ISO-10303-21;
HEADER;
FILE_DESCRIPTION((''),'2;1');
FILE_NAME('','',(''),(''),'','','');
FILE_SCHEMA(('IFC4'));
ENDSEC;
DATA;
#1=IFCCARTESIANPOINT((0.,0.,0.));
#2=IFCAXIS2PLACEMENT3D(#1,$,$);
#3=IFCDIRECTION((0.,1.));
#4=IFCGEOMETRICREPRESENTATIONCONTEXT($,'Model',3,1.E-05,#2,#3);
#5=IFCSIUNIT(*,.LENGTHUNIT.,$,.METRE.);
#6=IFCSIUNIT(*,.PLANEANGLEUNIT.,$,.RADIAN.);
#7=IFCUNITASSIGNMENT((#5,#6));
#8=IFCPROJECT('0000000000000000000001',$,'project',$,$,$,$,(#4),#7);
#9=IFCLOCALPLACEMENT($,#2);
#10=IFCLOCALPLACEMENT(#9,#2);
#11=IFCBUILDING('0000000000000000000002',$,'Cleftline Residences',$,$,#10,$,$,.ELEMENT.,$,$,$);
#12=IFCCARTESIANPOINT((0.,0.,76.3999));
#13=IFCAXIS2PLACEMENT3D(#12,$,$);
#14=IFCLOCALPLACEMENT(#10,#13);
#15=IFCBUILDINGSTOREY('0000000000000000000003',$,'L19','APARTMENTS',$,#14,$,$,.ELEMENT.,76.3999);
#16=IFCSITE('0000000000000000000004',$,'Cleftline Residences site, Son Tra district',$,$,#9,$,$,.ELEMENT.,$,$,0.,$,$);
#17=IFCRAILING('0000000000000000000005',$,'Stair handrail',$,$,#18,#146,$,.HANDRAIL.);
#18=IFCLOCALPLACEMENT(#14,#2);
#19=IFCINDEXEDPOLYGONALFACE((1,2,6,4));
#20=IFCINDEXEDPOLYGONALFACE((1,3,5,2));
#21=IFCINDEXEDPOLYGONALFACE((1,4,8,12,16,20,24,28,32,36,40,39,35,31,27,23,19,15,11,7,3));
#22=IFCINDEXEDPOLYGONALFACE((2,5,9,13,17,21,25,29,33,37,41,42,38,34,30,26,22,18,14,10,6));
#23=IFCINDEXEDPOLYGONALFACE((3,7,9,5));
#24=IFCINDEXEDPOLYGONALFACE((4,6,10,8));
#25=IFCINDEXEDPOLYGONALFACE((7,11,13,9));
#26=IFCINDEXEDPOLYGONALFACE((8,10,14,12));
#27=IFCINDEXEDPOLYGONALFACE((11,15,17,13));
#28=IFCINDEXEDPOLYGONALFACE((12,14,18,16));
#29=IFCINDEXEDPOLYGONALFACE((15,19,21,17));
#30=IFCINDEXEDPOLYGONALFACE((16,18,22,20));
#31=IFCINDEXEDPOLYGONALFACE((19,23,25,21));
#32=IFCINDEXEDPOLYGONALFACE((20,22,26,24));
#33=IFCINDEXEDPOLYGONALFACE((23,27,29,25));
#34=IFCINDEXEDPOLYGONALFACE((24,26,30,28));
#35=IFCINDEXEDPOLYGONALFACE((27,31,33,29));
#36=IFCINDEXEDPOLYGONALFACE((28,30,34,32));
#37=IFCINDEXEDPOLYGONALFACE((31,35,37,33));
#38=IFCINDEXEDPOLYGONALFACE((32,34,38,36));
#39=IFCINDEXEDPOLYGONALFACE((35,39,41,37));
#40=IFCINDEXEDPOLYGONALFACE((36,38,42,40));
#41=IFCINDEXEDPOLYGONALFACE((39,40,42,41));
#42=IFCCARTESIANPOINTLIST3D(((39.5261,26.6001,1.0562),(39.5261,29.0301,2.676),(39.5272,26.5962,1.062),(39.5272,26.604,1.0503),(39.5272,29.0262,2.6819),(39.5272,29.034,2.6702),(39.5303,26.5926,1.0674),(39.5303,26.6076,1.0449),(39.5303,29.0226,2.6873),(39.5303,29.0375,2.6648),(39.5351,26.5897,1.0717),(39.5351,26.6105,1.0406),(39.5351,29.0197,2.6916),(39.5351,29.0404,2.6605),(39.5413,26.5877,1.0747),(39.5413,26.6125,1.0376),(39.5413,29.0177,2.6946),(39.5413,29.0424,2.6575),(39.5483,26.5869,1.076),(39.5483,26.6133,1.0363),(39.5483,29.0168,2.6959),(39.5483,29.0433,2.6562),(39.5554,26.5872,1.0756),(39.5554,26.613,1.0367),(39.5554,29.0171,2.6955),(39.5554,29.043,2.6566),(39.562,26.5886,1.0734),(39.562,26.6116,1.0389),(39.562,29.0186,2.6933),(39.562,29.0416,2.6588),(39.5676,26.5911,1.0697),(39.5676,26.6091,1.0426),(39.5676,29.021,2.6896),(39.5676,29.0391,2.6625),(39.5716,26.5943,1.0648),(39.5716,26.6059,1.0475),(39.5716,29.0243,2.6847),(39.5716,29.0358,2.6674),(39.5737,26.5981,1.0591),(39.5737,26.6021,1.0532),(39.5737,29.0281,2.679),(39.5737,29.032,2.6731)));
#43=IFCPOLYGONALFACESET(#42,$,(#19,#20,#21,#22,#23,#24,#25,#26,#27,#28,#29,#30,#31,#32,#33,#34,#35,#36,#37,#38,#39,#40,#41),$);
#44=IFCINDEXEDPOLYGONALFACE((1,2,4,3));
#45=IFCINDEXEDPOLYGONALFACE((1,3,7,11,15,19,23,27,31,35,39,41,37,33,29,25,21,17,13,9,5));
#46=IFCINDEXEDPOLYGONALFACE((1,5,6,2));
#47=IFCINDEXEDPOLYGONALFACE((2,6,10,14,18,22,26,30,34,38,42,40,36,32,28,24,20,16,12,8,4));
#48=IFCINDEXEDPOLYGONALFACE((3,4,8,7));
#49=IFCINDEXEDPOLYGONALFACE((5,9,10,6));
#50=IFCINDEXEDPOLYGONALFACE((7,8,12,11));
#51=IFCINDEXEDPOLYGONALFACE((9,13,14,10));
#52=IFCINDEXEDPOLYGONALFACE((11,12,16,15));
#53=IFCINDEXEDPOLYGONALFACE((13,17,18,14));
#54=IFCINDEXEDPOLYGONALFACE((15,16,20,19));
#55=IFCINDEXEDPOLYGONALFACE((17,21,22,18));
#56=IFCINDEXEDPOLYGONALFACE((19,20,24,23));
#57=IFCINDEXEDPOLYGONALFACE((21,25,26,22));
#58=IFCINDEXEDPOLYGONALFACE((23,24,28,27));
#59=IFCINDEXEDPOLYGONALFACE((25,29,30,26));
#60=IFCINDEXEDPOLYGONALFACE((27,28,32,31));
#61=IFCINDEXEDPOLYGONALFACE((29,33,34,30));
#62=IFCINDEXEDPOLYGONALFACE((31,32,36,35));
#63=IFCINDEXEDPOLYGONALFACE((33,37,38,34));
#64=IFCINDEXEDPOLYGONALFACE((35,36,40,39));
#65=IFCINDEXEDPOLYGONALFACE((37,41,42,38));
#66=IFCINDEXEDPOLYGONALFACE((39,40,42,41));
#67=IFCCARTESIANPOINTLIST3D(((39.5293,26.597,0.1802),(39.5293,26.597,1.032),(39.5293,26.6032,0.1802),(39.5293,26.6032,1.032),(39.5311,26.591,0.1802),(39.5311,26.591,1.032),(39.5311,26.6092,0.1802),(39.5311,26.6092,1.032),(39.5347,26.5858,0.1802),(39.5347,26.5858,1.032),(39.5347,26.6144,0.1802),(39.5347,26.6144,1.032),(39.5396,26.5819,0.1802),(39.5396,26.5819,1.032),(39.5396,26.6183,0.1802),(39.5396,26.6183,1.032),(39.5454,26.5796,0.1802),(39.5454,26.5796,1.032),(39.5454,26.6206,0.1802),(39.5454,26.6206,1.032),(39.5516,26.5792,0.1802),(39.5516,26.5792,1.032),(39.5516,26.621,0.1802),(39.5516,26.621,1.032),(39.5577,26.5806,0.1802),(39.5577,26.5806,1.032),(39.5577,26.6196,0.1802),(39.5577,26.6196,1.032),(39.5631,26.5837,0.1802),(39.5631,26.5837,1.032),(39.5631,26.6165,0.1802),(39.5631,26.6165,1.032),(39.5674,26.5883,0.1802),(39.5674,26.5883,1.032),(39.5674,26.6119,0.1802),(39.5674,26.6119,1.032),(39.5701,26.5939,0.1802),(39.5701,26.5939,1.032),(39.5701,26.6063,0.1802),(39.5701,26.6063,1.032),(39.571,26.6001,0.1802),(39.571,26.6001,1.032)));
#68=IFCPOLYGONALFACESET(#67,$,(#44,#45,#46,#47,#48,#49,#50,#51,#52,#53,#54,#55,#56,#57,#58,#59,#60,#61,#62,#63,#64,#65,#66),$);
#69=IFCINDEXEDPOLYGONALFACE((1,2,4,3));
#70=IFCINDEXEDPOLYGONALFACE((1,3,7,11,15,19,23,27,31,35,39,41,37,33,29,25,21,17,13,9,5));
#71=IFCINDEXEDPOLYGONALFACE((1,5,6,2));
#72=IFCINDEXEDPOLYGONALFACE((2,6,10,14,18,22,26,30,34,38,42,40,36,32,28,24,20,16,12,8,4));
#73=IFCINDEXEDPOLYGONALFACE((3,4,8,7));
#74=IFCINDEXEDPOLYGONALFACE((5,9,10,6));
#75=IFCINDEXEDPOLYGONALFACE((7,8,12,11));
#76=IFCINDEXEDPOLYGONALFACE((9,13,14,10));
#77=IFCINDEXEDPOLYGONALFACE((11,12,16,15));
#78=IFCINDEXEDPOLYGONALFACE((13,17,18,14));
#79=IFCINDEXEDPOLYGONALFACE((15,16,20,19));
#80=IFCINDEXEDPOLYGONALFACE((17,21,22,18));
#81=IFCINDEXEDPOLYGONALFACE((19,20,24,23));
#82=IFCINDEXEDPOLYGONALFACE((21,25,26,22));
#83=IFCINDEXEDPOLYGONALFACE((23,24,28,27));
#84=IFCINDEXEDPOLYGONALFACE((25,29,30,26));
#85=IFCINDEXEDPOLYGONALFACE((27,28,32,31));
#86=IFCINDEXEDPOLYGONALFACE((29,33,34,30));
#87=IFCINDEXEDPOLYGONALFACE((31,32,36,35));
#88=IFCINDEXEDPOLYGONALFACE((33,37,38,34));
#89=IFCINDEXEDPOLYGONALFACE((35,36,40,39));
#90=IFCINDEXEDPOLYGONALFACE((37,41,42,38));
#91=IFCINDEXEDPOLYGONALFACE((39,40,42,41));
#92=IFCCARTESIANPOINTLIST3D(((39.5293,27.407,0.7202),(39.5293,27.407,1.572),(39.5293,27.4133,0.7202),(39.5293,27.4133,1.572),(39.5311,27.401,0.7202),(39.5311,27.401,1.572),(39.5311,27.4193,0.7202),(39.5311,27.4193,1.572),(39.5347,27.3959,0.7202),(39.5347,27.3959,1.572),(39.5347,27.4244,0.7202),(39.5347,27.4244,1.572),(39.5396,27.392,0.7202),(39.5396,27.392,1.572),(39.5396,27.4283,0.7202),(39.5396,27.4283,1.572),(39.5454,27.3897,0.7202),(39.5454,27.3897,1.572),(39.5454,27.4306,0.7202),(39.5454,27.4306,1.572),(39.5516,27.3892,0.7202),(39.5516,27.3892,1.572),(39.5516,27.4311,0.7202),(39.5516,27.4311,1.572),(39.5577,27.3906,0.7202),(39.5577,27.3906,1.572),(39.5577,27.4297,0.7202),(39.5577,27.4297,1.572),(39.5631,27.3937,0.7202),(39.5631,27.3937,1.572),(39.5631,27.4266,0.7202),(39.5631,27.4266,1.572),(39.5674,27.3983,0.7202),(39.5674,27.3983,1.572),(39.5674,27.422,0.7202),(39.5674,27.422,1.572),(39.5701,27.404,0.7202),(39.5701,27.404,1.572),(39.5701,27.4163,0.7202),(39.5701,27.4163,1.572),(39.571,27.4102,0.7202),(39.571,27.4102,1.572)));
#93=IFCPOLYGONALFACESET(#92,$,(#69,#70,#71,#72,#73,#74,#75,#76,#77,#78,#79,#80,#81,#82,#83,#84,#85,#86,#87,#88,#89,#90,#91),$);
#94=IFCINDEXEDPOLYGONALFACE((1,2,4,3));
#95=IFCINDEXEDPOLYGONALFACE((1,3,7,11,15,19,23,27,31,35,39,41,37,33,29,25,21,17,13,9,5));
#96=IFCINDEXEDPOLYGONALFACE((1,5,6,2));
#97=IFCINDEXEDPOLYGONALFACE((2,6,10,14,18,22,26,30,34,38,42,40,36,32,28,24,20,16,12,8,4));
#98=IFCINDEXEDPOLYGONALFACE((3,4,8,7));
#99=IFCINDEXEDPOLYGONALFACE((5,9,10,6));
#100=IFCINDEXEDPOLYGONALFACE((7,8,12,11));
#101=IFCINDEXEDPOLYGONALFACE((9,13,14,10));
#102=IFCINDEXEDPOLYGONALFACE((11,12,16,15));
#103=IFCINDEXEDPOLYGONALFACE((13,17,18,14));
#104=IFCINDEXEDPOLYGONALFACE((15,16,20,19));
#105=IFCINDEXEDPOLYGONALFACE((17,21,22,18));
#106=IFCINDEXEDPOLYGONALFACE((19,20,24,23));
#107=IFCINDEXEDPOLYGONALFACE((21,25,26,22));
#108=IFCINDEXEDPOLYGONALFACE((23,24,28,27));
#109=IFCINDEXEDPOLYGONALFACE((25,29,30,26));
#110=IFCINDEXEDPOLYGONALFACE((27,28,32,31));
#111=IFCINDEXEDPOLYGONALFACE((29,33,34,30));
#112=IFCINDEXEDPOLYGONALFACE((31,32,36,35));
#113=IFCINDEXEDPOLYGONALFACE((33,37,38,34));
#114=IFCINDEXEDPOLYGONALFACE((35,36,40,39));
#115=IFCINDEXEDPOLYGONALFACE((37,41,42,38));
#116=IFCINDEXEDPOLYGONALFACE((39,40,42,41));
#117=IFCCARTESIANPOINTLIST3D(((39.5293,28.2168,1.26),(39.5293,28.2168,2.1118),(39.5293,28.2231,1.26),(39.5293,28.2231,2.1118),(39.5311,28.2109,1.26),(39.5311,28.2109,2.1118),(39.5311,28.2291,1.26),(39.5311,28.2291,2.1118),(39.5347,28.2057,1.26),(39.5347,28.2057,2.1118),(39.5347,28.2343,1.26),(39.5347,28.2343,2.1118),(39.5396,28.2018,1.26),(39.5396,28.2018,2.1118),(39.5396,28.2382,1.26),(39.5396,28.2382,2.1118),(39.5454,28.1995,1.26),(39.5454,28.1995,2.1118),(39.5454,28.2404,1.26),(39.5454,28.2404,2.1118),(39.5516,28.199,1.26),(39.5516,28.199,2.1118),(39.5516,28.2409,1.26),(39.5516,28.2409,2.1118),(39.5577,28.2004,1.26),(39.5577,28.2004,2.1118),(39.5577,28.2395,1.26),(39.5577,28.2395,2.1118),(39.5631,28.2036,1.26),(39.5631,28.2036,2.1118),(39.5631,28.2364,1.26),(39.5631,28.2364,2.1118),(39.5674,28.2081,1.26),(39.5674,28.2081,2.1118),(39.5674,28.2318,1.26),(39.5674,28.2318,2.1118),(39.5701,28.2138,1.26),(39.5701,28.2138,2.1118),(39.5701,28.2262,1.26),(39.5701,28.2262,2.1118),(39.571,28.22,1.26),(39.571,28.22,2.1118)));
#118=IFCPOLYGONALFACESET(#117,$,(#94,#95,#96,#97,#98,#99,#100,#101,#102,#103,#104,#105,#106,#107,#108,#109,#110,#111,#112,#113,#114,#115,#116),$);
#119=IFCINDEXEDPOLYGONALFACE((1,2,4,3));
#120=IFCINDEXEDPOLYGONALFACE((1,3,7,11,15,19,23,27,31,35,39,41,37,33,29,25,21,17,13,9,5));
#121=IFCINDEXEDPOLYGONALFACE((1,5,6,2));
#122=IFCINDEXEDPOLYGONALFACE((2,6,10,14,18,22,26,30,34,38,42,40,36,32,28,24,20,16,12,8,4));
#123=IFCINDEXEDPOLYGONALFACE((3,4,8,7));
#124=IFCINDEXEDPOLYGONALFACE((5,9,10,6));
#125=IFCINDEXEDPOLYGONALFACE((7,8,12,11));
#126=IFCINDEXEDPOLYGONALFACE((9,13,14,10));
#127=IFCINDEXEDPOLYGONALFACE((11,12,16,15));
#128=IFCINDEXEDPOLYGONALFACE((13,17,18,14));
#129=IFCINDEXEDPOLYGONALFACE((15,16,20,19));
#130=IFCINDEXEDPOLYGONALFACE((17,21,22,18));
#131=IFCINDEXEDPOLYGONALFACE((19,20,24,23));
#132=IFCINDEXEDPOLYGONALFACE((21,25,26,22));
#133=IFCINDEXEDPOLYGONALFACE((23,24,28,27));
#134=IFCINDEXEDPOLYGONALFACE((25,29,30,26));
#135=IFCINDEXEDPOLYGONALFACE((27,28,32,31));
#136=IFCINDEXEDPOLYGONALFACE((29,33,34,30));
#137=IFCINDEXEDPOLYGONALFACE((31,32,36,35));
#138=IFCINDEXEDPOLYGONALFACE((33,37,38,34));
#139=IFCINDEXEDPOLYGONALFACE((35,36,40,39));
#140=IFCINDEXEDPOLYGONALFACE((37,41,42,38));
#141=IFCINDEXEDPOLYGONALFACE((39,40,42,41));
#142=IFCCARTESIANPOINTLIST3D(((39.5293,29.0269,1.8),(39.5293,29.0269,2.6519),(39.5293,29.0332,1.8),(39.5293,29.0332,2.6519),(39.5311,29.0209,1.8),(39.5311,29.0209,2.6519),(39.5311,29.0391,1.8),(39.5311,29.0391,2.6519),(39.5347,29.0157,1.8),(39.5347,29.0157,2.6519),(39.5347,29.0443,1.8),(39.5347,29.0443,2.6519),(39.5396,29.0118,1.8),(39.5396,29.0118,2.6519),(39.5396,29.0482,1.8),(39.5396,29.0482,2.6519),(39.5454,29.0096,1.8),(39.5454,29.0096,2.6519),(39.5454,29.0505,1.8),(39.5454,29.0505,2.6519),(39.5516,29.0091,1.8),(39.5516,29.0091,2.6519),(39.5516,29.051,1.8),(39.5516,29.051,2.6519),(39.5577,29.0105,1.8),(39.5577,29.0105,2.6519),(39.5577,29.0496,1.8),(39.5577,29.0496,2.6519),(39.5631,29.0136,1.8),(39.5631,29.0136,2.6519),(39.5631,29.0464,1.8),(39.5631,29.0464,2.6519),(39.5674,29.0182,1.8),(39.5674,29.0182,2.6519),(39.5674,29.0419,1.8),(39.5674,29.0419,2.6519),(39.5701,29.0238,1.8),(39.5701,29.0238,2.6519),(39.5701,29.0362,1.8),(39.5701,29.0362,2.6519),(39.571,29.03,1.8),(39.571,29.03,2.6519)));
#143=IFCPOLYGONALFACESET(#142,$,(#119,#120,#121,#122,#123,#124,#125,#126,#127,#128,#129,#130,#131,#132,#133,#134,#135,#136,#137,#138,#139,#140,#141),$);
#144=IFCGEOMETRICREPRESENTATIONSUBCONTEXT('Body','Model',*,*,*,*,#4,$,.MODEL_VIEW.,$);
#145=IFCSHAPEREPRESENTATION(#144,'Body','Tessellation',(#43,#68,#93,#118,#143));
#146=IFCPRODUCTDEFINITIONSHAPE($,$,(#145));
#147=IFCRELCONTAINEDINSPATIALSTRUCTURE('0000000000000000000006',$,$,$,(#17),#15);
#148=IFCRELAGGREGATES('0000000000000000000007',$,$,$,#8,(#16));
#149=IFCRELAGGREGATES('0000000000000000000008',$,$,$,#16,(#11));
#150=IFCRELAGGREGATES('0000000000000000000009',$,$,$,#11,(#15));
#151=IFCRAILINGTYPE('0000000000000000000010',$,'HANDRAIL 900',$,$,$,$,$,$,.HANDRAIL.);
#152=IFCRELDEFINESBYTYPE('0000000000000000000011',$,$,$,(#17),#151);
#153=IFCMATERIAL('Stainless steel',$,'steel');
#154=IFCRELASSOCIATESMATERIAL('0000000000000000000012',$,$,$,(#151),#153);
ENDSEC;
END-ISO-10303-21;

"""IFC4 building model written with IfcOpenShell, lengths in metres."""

from ifc_helpers import new_model, si_unit, direction, frame, origin, origin_2d, place, context, subcontext, project, spatial, circle, extrude, material, type_object, element, save


model = new_model("IFC4")

# Units and contexts
model_context = context("Model", 3, precision=1e-05, world=origin(), true_north=direction((0.0, 1.0)))
body_context = subcontext(model_context, "Body", "Model", "MODEL_VIEW")
ifc_project = project(units=[si_unit("LENGTHUNIT", "METRE"), si_unit("PLANEANGLEUNIT", "RADIAN")], contexts=[model_context])

# Site, building, storey
site_placement = place(None, origin())
site = spatial("IfcSite", under=ifc_project, at=site_placement, Name="Cleftline Residences site, Son Tra district", CompositionType="ELEMENT", RefElevation=0.0)
building_placement = place(site_placement, origin())
building = spatial("IfcBuilding", under=site, at=building_placement, Name="Cleftline Residences", CompositionType="ELEMENT")
storey_placement = place(building_placement, frame((0.0, 0.0, 76.3999)))
storey = spatial("IfcBuildingStorey", under=building, at=storey_placement, Name="L19", Description="APARTMENTS", CompositionType="ELEMENT", Elevation=76.3999)

# Railing
ifc_material_1 = material(Name="Stainless steel", Category="steel")
railing_type = type_object("IfcRailingType", Name="HANDRAIL 900", PredefinedType="HANDRAIL", material=ifc_material_1)
railing_1_placement = place(storey_placement, frame((39.55, 26.6001, 0.1802)))
element("IfcRailing", 1, at=railing_1_placement, inside=storey, type_object=railing_type, Name="Stair handrail", PredefinedType="HANDRAIL", context=body_context, shape_type="SweptSolid", body=[
    extrude(circle(Radius=0.0239, at=origin_2d()), frame((0.0, 0.0, 0.876), z_axis=(0.0, 0.832063, 0.554681), x_axis=(-1.0, 0.0, 0.0)), (0.0, 0.0, 1.0), 2.9204),
    extrude(circle(Radius=0.021, at=origin_2d()), origin(), (0.0, 0.0, 1.0), 0.8518),
    extrude(circle(Radius=0.021, at=origin_2d()), frame((0.0, 0.8101, 0.54)), (0.0, 0.0, 1.0), 0.8518),
    extrude(circle(Radius=0.021, at=origin_2d()), frame((0.0, 1.6199, 1.0798)), (0.0, 0.0, 1.0), 0.8518),
    extrude(circle(Radius=0.021, at=origin_2d()), frame((0.0, 2.4299, 1.6199)), (0.0, 0.0, 1.0), 0.8518),
])

save(model, "model.ifc")
